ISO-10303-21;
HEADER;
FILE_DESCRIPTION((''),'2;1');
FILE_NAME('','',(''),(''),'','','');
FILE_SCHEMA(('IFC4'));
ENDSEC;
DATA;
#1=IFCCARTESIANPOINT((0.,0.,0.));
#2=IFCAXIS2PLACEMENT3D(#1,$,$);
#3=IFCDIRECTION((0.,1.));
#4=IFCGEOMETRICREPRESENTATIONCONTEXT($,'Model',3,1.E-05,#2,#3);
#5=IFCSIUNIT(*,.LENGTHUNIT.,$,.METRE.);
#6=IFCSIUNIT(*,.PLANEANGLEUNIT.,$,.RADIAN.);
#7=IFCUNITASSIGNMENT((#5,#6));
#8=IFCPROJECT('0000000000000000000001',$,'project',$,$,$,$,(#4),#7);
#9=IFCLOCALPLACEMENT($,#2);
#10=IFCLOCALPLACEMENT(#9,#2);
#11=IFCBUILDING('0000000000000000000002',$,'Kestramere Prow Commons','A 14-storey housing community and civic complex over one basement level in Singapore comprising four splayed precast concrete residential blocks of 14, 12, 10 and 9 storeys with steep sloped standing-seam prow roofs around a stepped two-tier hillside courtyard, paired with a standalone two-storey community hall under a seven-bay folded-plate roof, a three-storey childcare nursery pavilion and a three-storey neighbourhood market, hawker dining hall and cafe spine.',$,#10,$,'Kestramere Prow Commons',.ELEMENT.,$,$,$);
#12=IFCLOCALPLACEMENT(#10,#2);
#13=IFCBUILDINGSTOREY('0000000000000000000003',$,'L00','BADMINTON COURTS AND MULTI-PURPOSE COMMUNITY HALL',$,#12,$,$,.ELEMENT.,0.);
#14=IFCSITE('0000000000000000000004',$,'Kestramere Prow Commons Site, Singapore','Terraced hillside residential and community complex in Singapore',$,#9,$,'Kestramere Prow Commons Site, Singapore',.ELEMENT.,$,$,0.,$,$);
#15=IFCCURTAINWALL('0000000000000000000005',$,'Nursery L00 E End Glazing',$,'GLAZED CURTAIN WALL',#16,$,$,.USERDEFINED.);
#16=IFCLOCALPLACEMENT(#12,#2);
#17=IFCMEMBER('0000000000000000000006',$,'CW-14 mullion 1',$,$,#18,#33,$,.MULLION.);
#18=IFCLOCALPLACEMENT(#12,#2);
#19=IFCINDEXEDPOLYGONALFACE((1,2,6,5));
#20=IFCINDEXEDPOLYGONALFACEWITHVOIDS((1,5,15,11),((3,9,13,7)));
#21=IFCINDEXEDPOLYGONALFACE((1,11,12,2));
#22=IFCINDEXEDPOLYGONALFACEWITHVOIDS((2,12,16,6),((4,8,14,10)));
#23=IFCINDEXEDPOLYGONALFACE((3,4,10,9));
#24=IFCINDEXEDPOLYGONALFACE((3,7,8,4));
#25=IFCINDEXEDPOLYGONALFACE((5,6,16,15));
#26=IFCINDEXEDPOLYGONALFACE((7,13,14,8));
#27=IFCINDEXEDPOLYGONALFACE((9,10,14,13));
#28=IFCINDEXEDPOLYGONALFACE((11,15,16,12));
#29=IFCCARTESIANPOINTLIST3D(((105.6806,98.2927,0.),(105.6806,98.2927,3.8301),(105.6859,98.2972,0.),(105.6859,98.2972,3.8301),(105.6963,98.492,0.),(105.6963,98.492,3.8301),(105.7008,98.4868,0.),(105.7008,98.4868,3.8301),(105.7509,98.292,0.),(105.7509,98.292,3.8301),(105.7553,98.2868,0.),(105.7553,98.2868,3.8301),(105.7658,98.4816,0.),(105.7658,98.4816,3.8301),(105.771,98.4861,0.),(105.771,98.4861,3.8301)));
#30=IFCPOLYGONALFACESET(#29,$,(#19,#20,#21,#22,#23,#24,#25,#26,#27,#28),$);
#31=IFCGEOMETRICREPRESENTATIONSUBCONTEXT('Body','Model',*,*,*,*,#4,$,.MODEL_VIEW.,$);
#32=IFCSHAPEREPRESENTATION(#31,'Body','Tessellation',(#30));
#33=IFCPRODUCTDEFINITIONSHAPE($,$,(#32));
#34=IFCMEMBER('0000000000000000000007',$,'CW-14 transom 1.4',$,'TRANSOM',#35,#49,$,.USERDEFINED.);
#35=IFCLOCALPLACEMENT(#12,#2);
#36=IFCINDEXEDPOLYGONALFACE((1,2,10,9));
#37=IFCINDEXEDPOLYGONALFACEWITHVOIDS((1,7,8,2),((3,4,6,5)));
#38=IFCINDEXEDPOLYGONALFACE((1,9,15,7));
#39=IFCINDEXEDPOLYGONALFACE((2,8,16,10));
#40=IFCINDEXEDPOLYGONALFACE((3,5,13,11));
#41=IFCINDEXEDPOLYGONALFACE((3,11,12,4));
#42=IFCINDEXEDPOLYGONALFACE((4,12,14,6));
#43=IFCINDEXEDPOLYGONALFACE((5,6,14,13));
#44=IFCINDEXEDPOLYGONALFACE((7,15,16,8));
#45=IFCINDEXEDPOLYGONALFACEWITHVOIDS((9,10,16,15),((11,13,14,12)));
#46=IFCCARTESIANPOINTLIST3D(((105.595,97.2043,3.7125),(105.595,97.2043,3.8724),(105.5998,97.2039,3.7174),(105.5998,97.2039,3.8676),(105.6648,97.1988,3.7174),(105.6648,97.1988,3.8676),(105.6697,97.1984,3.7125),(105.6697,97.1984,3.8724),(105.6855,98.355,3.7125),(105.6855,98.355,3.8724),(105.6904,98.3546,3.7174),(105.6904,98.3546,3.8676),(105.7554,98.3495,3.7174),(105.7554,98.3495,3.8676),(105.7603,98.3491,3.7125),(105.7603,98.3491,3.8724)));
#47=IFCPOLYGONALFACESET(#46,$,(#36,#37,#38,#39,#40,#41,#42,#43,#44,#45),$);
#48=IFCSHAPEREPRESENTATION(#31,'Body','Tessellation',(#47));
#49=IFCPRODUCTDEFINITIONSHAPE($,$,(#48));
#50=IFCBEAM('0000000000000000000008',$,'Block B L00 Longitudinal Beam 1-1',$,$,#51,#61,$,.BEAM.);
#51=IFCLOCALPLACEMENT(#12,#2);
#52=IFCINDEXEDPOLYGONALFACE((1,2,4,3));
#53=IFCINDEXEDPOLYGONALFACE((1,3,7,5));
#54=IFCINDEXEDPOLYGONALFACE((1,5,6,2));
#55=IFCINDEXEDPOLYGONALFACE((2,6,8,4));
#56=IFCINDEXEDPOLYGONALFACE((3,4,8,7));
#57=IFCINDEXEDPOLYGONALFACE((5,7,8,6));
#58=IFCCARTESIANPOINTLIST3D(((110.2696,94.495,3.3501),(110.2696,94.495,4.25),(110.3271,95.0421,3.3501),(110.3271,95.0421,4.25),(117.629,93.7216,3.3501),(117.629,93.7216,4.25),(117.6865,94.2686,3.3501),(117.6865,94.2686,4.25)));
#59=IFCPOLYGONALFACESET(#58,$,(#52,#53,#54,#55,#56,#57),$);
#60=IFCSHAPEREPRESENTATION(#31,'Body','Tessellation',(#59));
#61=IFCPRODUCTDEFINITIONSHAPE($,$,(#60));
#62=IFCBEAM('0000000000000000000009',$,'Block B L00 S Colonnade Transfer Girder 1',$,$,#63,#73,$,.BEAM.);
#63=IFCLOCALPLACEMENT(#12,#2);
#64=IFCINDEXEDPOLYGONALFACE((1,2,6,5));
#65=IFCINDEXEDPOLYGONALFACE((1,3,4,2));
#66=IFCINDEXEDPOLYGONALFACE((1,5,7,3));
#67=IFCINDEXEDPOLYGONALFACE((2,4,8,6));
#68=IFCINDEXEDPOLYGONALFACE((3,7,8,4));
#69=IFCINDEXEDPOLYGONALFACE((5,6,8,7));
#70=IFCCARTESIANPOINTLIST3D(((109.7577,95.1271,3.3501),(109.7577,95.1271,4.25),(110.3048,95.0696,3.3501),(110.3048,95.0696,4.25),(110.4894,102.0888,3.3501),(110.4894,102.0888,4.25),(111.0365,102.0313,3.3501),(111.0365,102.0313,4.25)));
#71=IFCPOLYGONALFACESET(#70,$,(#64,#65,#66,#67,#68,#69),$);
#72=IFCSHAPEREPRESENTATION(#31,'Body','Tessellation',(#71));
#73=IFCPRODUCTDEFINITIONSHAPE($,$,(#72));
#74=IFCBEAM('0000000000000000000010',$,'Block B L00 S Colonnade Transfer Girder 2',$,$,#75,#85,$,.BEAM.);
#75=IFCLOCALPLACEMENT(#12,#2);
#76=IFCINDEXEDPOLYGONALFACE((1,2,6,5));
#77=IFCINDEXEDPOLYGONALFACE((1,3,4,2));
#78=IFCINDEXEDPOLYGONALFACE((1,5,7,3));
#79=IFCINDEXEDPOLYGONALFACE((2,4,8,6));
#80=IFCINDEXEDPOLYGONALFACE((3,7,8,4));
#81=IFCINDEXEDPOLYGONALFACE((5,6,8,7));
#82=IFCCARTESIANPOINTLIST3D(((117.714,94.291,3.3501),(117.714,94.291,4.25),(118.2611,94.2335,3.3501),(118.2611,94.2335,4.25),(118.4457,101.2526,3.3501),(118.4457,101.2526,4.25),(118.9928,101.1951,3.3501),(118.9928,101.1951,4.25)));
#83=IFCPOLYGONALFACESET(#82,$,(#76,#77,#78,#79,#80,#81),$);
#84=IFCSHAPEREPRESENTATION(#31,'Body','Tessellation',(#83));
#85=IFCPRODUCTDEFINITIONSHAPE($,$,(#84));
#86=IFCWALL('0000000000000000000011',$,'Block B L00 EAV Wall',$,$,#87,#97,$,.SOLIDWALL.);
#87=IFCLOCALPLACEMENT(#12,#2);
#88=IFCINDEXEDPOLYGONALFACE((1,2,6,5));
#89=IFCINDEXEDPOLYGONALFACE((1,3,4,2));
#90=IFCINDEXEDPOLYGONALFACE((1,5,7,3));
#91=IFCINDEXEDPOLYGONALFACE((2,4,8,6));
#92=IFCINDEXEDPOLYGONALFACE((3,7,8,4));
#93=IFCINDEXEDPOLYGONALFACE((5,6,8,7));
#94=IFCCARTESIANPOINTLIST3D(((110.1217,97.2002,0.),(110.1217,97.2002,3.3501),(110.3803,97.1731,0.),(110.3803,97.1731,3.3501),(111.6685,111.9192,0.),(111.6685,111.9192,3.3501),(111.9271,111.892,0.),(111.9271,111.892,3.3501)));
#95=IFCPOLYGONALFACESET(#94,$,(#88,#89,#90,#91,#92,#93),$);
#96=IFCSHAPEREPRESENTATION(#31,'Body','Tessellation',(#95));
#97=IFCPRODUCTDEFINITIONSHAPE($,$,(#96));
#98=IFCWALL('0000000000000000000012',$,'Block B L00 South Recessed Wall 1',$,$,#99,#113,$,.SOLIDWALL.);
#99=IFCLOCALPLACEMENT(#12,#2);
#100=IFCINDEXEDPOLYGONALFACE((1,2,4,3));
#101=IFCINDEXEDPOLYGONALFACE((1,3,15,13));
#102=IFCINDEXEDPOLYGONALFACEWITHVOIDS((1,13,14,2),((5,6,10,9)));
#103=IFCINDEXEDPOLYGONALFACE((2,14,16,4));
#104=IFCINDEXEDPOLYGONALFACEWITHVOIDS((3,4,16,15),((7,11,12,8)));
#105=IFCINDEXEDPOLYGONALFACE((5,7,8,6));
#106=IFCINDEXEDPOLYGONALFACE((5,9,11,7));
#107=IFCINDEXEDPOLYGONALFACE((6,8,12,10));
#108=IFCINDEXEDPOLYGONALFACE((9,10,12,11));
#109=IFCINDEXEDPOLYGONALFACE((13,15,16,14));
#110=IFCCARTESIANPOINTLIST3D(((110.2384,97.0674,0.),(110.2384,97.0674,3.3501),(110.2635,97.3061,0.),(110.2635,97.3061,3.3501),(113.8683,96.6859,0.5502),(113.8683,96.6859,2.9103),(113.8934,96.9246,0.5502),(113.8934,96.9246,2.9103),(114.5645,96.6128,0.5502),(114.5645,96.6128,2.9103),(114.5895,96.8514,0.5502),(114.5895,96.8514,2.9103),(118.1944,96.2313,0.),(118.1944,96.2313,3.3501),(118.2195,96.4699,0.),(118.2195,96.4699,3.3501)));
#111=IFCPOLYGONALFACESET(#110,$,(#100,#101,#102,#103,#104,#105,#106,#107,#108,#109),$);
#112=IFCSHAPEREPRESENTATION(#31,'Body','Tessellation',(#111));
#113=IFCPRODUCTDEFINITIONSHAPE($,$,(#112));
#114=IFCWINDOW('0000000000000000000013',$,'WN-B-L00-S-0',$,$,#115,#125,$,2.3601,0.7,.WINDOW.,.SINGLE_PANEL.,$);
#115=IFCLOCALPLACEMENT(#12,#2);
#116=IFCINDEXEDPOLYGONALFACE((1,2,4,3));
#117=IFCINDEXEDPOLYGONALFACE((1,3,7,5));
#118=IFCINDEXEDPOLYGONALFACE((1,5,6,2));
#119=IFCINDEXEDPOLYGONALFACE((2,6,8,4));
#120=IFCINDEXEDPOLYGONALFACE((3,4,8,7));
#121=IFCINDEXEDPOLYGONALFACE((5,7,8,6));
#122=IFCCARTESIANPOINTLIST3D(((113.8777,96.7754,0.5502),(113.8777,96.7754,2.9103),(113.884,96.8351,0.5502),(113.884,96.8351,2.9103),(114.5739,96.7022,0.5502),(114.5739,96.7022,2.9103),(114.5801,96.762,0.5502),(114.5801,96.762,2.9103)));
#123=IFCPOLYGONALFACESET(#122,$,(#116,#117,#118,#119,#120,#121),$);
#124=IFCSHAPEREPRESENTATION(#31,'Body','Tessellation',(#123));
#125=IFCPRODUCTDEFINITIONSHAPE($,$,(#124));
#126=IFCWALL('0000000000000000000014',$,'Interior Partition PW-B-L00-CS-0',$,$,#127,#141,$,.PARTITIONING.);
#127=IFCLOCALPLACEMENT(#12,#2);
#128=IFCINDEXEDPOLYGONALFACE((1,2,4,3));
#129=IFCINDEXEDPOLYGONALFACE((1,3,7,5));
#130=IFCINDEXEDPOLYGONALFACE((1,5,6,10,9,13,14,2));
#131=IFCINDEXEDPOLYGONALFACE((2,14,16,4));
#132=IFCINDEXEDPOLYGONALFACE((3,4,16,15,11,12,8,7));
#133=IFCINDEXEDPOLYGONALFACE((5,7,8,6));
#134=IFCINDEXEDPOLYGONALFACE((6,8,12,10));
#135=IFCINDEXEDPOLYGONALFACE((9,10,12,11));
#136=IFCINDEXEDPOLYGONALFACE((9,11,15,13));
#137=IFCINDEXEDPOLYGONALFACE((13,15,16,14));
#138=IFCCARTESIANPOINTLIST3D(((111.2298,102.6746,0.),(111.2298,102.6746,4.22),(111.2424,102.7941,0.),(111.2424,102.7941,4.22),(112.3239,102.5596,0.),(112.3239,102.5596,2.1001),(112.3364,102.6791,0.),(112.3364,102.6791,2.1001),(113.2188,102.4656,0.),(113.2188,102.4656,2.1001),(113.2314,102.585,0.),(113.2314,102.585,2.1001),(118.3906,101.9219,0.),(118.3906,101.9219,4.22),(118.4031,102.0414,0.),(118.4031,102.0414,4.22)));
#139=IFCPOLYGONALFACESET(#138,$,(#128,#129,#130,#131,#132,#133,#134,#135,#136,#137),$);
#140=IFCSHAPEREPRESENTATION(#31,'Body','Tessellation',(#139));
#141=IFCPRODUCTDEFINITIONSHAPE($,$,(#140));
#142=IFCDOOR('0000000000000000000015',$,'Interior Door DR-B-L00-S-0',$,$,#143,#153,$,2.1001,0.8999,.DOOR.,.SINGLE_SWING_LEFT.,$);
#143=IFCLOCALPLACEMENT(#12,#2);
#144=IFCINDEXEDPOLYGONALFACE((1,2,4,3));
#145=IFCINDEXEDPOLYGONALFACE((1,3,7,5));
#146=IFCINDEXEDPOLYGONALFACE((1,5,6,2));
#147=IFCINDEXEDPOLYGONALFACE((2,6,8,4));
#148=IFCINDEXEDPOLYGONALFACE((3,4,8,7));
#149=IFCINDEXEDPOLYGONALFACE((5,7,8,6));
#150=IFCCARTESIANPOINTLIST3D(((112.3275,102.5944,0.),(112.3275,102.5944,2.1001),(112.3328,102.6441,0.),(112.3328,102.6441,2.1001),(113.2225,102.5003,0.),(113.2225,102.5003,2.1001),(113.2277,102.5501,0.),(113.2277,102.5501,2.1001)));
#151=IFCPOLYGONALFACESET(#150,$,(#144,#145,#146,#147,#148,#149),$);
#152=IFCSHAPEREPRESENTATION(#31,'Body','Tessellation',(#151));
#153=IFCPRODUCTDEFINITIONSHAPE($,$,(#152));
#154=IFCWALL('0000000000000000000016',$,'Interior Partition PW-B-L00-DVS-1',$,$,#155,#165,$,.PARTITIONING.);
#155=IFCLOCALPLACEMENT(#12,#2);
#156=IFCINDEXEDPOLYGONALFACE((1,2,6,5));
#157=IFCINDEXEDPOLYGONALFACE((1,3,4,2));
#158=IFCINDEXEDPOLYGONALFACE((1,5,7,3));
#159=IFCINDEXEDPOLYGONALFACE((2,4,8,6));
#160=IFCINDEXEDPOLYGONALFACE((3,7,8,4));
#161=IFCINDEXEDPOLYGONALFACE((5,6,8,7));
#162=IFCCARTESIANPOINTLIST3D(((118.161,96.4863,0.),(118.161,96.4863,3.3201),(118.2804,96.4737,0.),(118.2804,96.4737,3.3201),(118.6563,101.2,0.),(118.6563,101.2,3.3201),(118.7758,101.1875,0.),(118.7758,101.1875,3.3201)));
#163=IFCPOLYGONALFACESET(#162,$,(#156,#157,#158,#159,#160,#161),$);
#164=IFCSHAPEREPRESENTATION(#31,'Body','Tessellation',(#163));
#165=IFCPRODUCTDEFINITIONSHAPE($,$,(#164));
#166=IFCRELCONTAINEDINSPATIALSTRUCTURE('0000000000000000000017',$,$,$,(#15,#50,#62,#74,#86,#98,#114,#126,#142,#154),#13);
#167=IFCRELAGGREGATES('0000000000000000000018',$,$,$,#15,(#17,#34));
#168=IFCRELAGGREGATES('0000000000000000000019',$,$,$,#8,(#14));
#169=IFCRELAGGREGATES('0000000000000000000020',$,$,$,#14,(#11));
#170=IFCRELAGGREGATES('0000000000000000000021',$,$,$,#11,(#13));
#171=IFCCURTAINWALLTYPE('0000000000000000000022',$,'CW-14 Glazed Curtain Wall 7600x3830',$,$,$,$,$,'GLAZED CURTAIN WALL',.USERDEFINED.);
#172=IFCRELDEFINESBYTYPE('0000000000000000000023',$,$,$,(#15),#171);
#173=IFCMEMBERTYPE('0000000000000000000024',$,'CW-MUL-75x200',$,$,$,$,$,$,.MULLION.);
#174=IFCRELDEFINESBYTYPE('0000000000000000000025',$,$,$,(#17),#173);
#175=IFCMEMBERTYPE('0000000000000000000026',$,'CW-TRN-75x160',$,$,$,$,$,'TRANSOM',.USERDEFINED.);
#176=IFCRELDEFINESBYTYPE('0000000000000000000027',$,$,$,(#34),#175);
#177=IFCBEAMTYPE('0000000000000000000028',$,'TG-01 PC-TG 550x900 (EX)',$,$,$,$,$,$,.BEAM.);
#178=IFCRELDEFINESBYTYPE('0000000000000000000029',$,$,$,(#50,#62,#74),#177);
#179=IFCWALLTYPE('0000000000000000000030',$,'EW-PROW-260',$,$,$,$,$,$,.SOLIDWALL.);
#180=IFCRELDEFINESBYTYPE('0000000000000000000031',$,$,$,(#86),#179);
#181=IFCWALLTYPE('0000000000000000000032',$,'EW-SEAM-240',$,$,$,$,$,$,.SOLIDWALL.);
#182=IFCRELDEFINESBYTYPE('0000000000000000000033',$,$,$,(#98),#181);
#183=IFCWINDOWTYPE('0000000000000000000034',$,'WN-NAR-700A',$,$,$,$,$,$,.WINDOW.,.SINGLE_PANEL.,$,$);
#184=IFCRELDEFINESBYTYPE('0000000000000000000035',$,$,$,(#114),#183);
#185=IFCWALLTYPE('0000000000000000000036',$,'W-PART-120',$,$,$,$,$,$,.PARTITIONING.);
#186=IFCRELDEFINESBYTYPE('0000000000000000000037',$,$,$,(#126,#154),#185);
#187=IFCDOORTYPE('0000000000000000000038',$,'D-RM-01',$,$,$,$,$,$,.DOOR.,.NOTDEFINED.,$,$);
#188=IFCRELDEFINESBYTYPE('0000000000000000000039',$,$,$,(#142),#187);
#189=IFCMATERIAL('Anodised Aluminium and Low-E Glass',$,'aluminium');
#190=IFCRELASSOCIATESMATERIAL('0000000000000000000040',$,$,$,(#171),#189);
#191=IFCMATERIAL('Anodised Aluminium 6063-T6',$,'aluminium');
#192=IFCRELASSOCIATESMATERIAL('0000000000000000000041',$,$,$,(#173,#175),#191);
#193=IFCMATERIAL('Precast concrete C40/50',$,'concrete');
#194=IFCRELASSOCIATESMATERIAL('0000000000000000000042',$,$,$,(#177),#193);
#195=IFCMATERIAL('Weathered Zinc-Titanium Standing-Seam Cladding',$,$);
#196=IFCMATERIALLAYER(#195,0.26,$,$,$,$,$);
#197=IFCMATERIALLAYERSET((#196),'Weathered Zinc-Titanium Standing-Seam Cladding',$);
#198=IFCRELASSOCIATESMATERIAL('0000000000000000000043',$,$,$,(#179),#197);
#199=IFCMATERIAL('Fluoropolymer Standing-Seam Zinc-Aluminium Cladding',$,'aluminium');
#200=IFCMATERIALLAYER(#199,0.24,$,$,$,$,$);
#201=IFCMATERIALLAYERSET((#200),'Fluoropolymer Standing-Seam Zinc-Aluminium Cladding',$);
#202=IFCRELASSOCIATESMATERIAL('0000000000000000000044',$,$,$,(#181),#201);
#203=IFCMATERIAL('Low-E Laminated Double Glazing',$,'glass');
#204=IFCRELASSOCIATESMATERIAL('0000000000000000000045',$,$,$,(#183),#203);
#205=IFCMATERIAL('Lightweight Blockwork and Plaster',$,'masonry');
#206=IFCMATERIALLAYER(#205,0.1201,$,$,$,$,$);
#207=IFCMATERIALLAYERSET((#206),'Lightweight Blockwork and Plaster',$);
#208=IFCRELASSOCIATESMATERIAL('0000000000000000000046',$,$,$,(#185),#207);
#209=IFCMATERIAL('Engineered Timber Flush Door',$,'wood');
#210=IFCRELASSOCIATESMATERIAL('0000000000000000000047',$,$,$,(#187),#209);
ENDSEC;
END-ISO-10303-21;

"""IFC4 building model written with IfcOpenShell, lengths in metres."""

from ifc_helpers import new_model, si_unit, direction, frame, frame_2d, origin, origin_2d, place, context, subcontext, project, spatial, rectangle, hollow_rectangle, extrude, material, layer, layer_set, material_profile, profile_set, type_object, element, fill, aggregate, save


model = new_model("IFC4")

# Units and contexts
model_context = context("Model", 3, precision=1e-05, world=origin(), true_north=direction((0.0, 1.0)))
body_context = subcontext(model_context, "Body", "Model", "MODEL_VIEW")
ifc_project = project(units=[si_unit("LENGTHUNIT", "METRE"), si_unit("PLANEANGLEUNIT", "RADIAN")], contexts=[model_context])

# Site, building, storey
site_placement = place(None, origin())
site = spatial("IfcSite", under=ifc_project, at=site_placement, Name="Kestramere Prow Commons Site, Singapore", Description="Terraced hillside residential and community complex in Singapore", LongName="Kestramere Prow Commons Site, Singapore", CompositionType="ELEMENT", RefElevation=0.0)
building_placement = place(site_placement, origin())
building = spatial("IfcBuilding", under=site, at=building_placement, Name="Kestramere Prow Commons", Description="A 14-storey housing community and civic complex over one basement level in Singapore comprising four splayed precast concrete residential blocks of 14, 12, 10 and 9 storeys with steep sloped standing-seam prow roofs around a stepped two-tier hillside courtyard, paired with a standalone two-storey community hall under a seven-bay folded-plate roof, a three-storey childcare nursery pavilion and a three-storey neighbourhood market, hawker dining hall and cafe spine.", LongName="Kestramere Prow Commons", CompositionType="ELEMENT")
storey_placement = place(building_placement, origin())
storey = spatial("IfcBuildingStorey", under=building, at=storey_placement, Name="L00", Description="BADMINTON COURTS AND MULTI-PURPOSE COMMUNITY HALL", CompositionType="ELEMENT", Elevation=0.0)

# Shared definitions
ifc_material_1 = material(Name="Precast concrete C40/50", Category="concrete")

# Shared definitions
ifc_material_2 = material(Name="Anodised Aluminium and Low-E Glass", Category="aluminium")
ifc_material_3 = material(Name="Anodised Aluminium 6063-T6", Category="aluminium")

# Curtain wall, members
curtain_wall_type_1 = type_object("IfcCurtainWallType", Name="CW-14 Glazed Curtain Wall 7600x3830", ElementType="GLAZED CURTAIN WALL", PredefinedType="USERDEFINED", material=ifc_material_2)
curtain_wall_1_placement = place(storey_placement, origin())
curtain_wall_1 = element("IfcCurtainWall", 1, at=curtain_wall_1_placement, inside=storey, type_object=curtain_wall_type_1, Name="Nursery L00 E End Glazing", ObjectType="GLAZED CURTAIN WALL", PredefinedType="USERDEFINED")
ifc_material_profile_1 = material_profile(ifc_material_3, hollow_rectangle(XDim=0.075, YDim=0.2, WallThickness=0.0049, at=origin_2d()), Name="ALU-MUL 75x200")
ifc_profile_set_1 = profile_set([ifc_material_profile_1], Name="Anodised Aluminium 6063-T6")
member_type_1 = type_object("IfcMemberType", Name="CW-MUL-75x200", PredefinedType="MULLION", material=ifc_profile_set_1)
member_1_placement = place(storey_placement, frame((105.7258, 98.3894, 0.0), z_axis=(0.0, 0.0, 1.0), x_axis=(0.996917, -0.078459, 0.0)))
member_1 = element("IfcMember", 2, at=member_1_placement, type_object=member_type_1, Name="CW-14 mullion 1", PredefinedType="MULLION", context=body_context, shape_type="SweptSolid", body=[
    extrude(hollow_rectangle(XDim=0.075, YDim=0.2, WallThickness=0.0049, at=origin_2d()), origin(), (0.0, 0.0, 1.0), 3.8301),
])
ifc_material_profile_2 = material_profile(ifc_material_3, hollow_rectangle(XDim=0.075, YDim=0.1599, WallThickness=0.0049, at=origin_2d()), Name="ALU-TRN 75x160")
ifc_profile_set_2 = profile_set([ifc_material_profile_2], Name="Anodised Aluminium 6063-T6")
member_type_2 = type_object("IfcMemberType", Name="CW-TRN-75x160", ElementType="TRANSOM", PredefinedType="USERDEFINED", material=ifc_profile_set_2)
member_2_placement = place(storey_placement, frame((105.7229, 98.3521, 3.7925), z_axis=(-0.078476, -0.996916, 0.0), x_axis=(0.996916, -0.078476, 0.0)))
member_2 = element("IfcMember", 3, at=member_2_placement, type_object=member_type_2, Name="CW-14 transom 1.4", ObjectType="TRANSOM", PredefinedType="USERDEFINED", context=body_context, shape_type="SweptSolid", body=[
    extrude(hollow_rectangle(XDim=0.075, YDim=0.1599, WallThickness=0.0049, at=origin_2d()), origin(), (0.0, 0.0, 1.0), 1.1543),
])
aggregate(curtain_wall_1, [member_1, member_2])

# Beams
ifc_material_profile_3 = material_profile(ifc_material_1, rectangle(XDim=0.55, YDim=0.8999, at=origin_2d()), Name="PC-TG 550x900")
ifc_profile_set_3 = profile_set([ifc_material_profile_3], Name="Precast concrete C40/50")
beam_type_1 = type_object("IfcBeamType", Name="TG-01 PC-TG 550x900 (EX)", PredefinedType="BEAM", material=ifc_profile_set_3)
beam_1_placement = place(storey_placement, frame((110.2983, 94.7686, 3.8), z_axis=(0.994523, -0.10452, 0.0), x_axis=(0.10452, 0.994523, 0.0)))
element("IfcBeam", 4, at=beam_1_placement, inside=storey, type_object=beam_type_1, Name="Block B L00 Longitudinal Beam 1-1", PredefinedType="BEAM", context=body_context, shape_type="SweptSolid", body=[
    extrude(rectangle(XDim=0.55, YDim=0.8999, at=origin_2d()), origin(), (0.0, 0.0, 1.0), 7.3999),
])
for number, where, z_axis, x_axis, name in (
    (5, (110.0312, 95.0984, 3.8), (0.104527, 0.994522, 0.0), (-0.994522, 0.104527, 0.0), "Block B L00 S Colonnade Transfer Girder 1"),
    (6, (117.9875, 94.2622, 3.8), (0.104527, 0.994522, 0.0), (-0.994522, 0.104527, 0.0), "Block B L00 S Colonnade Transfer Girder 2"),
):
    element("IfcBeam", number, at=place(storey_placement, frame(where, z_axis=z_axis, x_axis=x_axis)), inside=storey, type_object=beam_type_1, Name=name, PredefinedType="BEAM", context=body_context, shape_type="SweptSolid", body=[
        extrude(rectangle(XDim=0.55, YDim=0.8999, at=origin_2d()), origin(), (0.0, 0.0, 1.0), 7.0),
    ])

# Wall
ifc_material_4 = material(Name="Weathered Zinc-Titanium Standing-Seam Cladding")
ifc_layer_1 = layer(ifc_material_4, 0.26)
ifc_layer_set_1 = layer_set([ifc_layer_1], Name="Weathered Zinc-Titanium Standing-Seam Cladding")
wall_type_1 = type_object("IfcWallType", Name="EW-PROW-260", PredefinedType="SOLIDWALL", material=ifc_layer_set_1)
wall_1_placement = place(storey_placement, frame((110.251, 97.1868, 0.0), z_axis=(0.0, 0.0, 1.0), x_axis=(0.104518, 0.994523, 0.0)))
element("IfcWall", 7, at=wall_1_placement, inside=storey, type_object=wall_type_1, Name="Block B L00 EAV Wall", PredefinedType="SOLIDWALL", context=body_context, shape_type="SweptSolid", body=[
    extrude(rectangle(XDim=14.8, YDim=0.26, at=frame_2d((7.3999, 0.0))), origin(), (0.0, 0.0, 1.0), 3.3501),
])

# Wall, opening, window
ifc_material_5 = material(Name="Fluoropolymer Standing-Seam Zinc-Aluminium Cladding", Category="aluminium")
ifc_layer_2 = layer(ifc_material_5, 0.24)
ifc_layer_set_2 = layer_set([ifc_layer_2], Name="Fluoropolymer Standing-Seam Zinc-Aluminium Cladding")
wall_type_2 = type_object("IfcWallType", Name="EW-SEAM-240", PredefinedType="SOLIDWALL", material=ifc_layer_set_2)
wall_2_placement = place(storey_placement, frame((118.207, 96.3506, 0.0), z_axis=(0.0, 0.0, 1.0), x_axis=(-0.994522, 0.104524, 0.0)))
wall_2 = element("IfcWall", 8, at=wall_2_placement, inside=storey, type_object=wall_type_2, Name="Block B L00 South Recessed Wall 1", PredefinedType="SOLIDWALL", context=body_context, shape_type="SweptSolid", body=[
    extrude(rectangle(XDim=7.9998, YDim=0.24, at=frame_2d((4.0, 0.0))), origin(), (0.0, 0.0, 1.0), 3.3501),
])
opening_1_placement = place(wall_2_placement, frame((3.6499, 0.0, 0.55)))
opening_1 = element("IfcOpeningElement", 9, at=opening_1_placement, cuts=wall_2, PredefinedType="OPENING", context=body_context, shape_type="SweptSolid", body=[
    extrude(rectangle(XDim=0.7, YDim=2.3601, at=frame_2d((0.3501, 1.1802))), frame((0.0, 0.135, 0.0), z_axis=(0.0, -1.0, 0.0), x_axis=(1.0, 0.0, 0.0)), (0.0, 0.0, 1.0), 0.27),
])
ifc_material_6 = material(Name="Low-E Laminated Double Glazing", Category="glass")
window_type = type_object("IfcWindowType", Name="WN-NAR-700A", PartitioningType="SINGLE_PANEL", PredefinedType="WINDOW", material=ifc_material_6)
window_placement = place(opening_1_placement, origin())
window = element("IfcWindow", 10, at=window_placement, inside=storey, type_object=window_type, Name="WN-B-L00-S-0", OverallHeight=2.3601, OverallWidth=0.7, PartitioningType="SINGLE_PANEL", PredefinedType="WINDOW", context=body_context, shape_type="SweptSolid", body=[
    extrude(rectangle(XDim=0.7, YDim=2.3601, at=frame_2d((0.3501, 1.1802))), frame((0.0, 0.03, 0.0), z_axis=(0.0, -1.0, 0.0), x_axis=(1.0, 0.0, 0.0)), (0.0, 0.0, 1.0), 0.0601),
])
fill(opening_1, window)

# Wall, opening, door
ifc_material_7 = material(Name="Lightweight Blockwork and Plaster", Category="masonry")
ifc_layer_3 = layer(ifc_material_7, 0.1201)
ifc_layer_set_3 = layer_set([ifc_layer_3], Name="Lightweight Blockwork and Plaster")
wall_type_3 = type_object("IfcWallType", Name="W-PART-120", PredefinedType="PARTITIONING", material=ifc_layer_set_3)
wall_3_placement = place(storey_placement, frame((111.2361, 102.7344, 0.0), z_axis=(0.0, 0.0, 1.0), x_axis=(0.994521, -0.104538, 0.0)))
wall_3 = element("IfcWall", 11, at=wall_3_placement, inside=storey, type_object=wall_type_3, Name="Interior Partition PW-B-L00-CS-0", PredefinedType="PARTITIONING", context=body_context, shape_type="SweptSolid", body=[
    extrude(rectangle(XDim=7.2002, YDim=0.1201, at=frame_2d((3.6001, 0.0))), origin(), (0.0, 0.0, 1.0), 4.22),
])
opening_2_placement = place(wall_3_placement, frame((1.1001, 0.0, 0.0)))
opening_2 = element("IfcOpeningElement", 12, at=opening_2_placement, cuts=wall_3, PredefinedType="OPENING", context=body_context, shape_type="SweptSolid", body=[
    extrude(rectangle(XDim=0.8999, YDim=2.1001, at=frame_2d((0.45, 1.05))), frame((0.0, 0.075, 0.0), z_axis=(0.0, -1.0, 0.0), x_axis=(1.0, 0.0, 0.0)), (0.0, 0.0, 1.0), 0.1501),
])
ifc_material_8 = material(Name="Engineered Timber Flush Door", Category="wood")
door_type = type_object("IfcDoorType", Name="D-RM-01", OperationType="NOTDEFINED", PredefinedType="DOOR", material=ifc_material_8)
door_placement = place(opening_2_placement, origin())
door = element("IfcDoor", 13, at=door_placement, inside=storey, type_object=door_type, Name="Interior Door DR-B-L00-S-0", OperationType="SINGLE_SWING_LEFT", OverallHeight=2.1001, OverallWidth=0.8999, PredefinedType="DOOR", context=body_context, shape_type="SweptSolid", body=[
    extrude(rectangle(XDim=0.8999, YDim=2.1001, at=frame_2d((0.45, 1.05))), frame((0.0, 0.0249, 0.0), z_axis=(0.0, -1.0, 0.0), x_axis=(1.0, 0.0, 0.0)), (0.0, 0.0, 1.0), 0.05),
])
fill(opening_2, door)

# Wall
wall_4_placement = place(storey_placement, frame((118.2207, 96.48, 0.0), z_axis=(0.0, 0.0, 1.0), x_axis=(0.104511, 0.994524, 0.0)))
element("IfcWall", 14, at=wall_4_placement, inside=storey, type_object=wall_type_3, Name="Interior Partition PW-B-L00-DVS-1", PredefinedType="PARTITIONING", context=body_context, shape_type="SweptSolid", body=[
    extrude(rectangle(XDim=4.7397, YDim=0.1201, at=frame_2d((2.3699, 0.0))), origin(), (0.0, 0.0, 1.0), 3.3201),
])

save(model, "model.ifc")
